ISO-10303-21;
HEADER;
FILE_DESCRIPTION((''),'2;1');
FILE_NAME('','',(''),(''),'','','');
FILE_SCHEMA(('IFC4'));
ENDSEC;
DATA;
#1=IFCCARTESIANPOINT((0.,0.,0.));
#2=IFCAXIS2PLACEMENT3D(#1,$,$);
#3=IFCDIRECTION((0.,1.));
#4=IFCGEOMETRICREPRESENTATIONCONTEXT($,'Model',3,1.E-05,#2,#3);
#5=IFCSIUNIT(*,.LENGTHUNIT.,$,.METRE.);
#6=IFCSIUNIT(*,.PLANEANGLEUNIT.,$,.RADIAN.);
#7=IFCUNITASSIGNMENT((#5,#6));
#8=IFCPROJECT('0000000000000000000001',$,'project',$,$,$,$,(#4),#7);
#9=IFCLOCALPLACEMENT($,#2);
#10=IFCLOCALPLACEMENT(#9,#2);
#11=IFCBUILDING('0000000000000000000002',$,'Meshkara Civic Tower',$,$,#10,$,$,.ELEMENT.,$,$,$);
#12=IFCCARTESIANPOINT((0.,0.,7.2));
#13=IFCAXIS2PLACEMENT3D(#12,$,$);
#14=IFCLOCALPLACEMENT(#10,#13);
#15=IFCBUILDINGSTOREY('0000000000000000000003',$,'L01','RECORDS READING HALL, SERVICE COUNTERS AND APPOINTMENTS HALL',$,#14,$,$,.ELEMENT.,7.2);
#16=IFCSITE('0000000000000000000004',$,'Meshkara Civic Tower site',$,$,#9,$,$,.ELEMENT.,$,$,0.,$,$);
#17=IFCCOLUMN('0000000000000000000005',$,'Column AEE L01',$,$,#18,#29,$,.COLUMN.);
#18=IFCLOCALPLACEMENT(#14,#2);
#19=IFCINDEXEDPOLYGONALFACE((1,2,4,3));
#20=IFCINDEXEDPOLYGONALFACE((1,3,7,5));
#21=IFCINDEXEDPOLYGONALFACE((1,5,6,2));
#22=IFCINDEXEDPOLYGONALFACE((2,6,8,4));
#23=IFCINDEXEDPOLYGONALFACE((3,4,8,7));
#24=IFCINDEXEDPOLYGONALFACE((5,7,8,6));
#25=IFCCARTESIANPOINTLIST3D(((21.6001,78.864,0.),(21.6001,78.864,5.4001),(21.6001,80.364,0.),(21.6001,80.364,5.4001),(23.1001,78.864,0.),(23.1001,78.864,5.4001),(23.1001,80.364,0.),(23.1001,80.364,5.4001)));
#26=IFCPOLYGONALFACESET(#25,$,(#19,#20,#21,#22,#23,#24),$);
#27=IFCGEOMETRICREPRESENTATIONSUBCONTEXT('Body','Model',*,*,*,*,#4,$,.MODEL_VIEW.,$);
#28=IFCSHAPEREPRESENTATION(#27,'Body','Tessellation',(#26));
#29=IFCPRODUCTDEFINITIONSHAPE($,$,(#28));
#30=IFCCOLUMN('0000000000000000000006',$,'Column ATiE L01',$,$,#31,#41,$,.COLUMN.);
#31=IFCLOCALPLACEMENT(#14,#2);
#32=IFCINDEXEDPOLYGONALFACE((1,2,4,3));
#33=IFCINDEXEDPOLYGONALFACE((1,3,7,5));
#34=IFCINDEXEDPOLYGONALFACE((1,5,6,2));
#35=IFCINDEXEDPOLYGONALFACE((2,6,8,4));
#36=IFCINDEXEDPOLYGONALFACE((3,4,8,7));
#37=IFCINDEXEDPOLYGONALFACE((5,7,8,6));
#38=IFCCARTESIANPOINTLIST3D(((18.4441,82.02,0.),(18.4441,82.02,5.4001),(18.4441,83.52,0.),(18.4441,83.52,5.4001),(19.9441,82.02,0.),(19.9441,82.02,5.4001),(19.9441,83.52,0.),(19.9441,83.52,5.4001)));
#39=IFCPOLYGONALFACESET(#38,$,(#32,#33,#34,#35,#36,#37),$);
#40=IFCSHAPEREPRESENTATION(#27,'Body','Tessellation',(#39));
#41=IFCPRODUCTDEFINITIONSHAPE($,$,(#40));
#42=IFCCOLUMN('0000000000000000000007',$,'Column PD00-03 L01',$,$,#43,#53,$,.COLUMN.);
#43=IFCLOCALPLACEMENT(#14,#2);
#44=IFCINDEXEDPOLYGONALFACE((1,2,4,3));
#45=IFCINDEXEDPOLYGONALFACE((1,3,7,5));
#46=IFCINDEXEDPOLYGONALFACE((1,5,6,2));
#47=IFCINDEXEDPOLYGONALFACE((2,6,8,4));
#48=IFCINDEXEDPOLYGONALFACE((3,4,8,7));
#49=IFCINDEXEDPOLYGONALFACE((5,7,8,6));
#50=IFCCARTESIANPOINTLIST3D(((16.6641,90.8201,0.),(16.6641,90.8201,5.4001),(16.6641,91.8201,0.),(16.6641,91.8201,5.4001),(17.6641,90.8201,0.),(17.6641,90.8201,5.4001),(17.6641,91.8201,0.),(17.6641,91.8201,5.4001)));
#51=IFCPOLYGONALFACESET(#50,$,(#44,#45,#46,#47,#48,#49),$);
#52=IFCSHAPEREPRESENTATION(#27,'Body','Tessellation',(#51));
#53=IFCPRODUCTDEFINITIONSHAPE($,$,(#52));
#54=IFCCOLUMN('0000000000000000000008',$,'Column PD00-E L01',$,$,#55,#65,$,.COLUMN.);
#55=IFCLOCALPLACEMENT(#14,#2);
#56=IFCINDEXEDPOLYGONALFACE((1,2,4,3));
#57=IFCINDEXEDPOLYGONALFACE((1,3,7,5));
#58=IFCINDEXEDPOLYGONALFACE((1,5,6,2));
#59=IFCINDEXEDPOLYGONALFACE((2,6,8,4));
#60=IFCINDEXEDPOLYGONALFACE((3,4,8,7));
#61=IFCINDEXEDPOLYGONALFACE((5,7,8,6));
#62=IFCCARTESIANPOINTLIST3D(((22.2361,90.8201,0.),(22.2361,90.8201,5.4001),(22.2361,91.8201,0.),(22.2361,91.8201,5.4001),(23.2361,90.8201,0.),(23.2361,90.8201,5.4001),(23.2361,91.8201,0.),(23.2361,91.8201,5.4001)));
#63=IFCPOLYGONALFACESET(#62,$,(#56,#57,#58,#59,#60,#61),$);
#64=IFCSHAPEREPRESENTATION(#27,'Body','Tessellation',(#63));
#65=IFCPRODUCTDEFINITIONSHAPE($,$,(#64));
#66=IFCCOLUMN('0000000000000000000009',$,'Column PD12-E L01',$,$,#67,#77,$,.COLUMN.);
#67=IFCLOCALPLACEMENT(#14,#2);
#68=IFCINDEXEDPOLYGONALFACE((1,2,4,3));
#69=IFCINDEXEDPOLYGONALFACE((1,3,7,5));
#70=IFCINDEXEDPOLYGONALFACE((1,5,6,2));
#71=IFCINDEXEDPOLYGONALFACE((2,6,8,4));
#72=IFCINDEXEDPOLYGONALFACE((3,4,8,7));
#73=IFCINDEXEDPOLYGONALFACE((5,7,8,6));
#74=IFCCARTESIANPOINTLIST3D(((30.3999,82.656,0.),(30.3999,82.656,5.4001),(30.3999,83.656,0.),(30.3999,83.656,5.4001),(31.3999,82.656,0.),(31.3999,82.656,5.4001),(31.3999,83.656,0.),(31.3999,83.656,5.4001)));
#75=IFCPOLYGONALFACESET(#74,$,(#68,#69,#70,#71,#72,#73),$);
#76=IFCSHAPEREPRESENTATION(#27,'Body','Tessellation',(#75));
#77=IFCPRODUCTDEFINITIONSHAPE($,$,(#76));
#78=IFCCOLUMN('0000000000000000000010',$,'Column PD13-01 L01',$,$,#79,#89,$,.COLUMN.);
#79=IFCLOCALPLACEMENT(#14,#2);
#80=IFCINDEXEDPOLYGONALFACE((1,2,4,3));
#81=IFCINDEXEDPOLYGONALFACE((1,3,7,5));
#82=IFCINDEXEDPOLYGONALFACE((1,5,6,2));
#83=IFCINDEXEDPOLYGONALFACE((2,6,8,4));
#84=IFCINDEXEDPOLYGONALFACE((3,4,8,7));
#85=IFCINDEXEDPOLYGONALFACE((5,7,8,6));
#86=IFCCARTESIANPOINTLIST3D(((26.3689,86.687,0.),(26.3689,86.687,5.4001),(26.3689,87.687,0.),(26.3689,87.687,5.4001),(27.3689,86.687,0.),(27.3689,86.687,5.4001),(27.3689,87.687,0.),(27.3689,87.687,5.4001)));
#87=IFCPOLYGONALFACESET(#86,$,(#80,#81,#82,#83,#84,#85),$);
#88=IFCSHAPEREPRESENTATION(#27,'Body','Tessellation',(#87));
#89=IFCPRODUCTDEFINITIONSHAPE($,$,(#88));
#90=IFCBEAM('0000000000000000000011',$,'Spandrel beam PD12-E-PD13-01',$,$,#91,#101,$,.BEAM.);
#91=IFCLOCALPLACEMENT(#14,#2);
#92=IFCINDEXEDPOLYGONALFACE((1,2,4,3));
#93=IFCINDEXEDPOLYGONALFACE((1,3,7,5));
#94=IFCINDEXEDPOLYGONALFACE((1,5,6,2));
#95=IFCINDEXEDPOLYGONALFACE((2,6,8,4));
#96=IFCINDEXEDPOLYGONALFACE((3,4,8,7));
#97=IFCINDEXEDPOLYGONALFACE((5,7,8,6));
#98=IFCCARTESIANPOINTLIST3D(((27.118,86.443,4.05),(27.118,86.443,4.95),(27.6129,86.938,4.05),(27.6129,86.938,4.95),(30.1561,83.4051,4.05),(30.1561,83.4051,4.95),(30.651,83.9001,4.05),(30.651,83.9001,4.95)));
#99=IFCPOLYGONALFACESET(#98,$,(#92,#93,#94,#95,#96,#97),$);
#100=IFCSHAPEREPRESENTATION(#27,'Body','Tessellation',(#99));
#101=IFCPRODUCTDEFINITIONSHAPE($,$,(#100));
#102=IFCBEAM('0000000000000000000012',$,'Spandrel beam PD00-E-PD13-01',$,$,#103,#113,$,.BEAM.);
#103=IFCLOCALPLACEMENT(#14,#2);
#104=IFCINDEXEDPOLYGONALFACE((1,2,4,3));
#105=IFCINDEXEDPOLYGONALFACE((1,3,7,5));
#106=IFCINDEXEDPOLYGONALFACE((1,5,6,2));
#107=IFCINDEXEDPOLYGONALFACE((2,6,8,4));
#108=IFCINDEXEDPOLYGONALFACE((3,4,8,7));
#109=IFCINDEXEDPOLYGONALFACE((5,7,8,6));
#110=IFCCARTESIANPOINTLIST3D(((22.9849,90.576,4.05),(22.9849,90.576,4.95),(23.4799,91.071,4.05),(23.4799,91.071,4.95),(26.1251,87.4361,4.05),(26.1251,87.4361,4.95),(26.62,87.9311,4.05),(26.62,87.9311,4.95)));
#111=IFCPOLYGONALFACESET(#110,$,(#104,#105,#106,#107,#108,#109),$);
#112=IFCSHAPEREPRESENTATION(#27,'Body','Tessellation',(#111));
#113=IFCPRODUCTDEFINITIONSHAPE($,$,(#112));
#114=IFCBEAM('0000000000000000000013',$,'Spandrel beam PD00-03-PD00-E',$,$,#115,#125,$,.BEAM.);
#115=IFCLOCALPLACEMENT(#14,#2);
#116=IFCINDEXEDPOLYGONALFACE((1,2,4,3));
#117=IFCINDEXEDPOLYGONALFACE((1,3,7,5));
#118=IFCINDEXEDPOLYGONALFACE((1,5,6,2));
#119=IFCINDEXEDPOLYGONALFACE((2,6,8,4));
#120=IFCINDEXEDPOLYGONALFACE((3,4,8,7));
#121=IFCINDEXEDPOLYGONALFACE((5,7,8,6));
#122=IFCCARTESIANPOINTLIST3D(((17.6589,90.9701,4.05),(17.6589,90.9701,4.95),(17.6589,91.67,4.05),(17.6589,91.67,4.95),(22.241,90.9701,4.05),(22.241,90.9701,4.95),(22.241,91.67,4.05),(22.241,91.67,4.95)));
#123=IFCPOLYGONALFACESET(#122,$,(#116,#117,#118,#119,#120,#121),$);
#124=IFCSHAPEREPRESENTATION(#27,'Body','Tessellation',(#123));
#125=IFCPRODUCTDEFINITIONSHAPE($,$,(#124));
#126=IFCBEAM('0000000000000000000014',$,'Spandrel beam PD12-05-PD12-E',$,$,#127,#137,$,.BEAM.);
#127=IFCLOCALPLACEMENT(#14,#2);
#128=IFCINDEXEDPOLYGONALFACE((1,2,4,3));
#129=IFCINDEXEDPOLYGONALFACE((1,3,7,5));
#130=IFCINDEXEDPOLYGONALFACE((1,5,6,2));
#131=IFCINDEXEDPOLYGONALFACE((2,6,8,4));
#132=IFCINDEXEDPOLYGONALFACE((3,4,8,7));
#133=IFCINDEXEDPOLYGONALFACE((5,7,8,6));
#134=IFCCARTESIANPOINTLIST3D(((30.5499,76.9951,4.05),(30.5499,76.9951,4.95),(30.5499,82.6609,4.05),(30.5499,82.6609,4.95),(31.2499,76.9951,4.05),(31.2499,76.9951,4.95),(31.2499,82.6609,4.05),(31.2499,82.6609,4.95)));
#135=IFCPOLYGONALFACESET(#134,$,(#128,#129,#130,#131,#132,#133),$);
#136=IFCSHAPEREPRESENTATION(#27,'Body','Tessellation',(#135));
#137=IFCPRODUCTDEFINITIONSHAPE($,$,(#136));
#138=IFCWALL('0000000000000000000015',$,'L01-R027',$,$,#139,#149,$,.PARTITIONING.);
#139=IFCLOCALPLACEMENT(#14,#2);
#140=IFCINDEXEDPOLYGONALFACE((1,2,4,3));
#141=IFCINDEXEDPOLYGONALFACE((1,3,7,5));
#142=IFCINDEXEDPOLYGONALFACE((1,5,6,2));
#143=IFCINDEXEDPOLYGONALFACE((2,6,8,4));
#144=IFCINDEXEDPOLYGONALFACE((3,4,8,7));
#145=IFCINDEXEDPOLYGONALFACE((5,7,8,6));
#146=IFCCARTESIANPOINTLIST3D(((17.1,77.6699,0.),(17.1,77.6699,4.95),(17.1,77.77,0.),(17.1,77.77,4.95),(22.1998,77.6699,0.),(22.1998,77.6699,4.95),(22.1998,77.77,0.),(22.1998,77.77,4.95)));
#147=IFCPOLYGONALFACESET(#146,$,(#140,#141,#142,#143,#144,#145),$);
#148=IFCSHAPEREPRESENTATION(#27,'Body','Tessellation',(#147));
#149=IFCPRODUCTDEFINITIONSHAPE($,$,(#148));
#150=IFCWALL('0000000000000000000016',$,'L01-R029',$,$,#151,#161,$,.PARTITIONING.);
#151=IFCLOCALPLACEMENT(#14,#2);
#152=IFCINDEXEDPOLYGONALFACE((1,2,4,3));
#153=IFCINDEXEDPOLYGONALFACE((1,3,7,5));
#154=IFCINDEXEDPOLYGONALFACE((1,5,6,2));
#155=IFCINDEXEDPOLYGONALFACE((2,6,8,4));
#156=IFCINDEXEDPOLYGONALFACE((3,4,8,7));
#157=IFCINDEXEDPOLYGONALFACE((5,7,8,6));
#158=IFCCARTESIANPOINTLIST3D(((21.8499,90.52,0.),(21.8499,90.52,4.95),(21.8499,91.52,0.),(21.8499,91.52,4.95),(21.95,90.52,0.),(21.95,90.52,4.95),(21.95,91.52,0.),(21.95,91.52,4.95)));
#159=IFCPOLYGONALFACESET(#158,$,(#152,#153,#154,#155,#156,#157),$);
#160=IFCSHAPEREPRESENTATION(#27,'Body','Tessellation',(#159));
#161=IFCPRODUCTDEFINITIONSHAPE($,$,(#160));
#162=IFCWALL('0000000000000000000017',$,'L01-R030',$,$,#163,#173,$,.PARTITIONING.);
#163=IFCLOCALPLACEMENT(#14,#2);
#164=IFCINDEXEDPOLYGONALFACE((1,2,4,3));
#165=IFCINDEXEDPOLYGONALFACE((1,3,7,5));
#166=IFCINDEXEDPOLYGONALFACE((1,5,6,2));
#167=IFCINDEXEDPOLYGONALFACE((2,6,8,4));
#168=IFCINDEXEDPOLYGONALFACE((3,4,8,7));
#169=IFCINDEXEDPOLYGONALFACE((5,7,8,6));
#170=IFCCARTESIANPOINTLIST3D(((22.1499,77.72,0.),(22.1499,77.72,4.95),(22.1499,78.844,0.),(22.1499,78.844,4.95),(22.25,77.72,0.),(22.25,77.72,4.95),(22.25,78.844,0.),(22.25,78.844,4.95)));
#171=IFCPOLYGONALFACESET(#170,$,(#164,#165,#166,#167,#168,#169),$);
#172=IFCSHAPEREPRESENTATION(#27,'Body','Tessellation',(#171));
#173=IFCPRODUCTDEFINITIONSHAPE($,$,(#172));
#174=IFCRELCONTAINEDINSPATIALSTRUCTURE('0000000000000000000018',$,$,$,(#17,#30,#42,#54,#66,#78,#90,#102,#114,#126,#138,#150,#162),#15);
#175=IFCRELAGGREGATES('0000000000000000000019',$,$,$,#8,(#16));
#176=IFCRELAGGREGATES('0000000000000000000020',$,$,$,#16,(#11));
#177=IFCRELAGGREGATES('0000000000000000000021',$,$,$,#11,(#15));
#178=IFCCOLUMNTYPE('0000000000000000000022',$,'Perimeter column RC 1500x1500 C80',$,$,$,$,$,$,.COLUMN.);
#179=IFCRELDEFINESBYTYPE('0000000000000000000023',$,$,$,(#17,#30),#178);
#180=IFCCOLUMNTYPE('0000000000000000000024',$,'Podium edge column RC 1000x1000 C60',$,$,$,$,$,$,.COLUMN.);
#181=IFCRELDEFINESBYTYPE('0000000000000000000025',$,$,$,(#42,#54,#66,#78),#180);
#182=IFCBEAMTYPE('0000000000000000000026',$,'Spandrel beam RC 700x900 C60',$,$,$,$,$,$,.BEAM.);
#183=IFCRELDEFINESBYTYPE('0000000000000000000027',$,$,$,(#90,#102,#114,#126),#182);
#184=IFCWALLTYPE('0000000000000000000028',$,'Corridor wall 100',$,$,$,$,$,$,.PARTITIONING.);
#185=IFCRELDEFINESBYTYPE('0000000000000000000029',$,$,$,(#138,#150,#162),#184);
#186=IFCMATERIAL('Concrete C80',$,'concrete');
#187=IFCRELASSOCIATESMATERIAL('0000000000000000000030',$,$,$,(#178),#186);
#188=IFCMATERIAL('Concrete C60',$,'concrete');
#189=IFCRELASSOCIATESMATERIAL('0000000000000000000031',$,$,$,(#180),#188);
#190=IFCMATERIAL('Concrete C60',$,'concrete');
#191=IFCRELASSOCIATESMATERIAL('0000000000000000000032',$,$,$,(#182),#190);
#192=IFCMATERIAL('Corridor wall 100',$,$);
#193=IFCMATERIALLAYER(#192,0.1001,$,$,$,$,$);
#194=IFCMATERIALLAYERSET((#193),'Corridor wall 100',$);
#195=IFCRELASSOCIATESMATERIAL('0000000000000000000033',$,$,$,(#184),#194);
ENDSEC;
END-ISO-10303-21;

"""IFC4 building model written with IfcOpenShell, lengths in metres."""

from ifc_helpers import new_model, si_unit, direction, frame, frame_2d, origin, origin_2d, place, context, subcontext, project, spatial, rectangle, extrude, material, layer, layer_set, material_profile, profile_set, type_object, element, save


model = new_model("IFC4")

# Units and contexts
model_context = context("Model", 3, precision=1e-05, world=origin(), true_north=direction((0.0, 1.0)))
body_context = subcontext(model_context, "Body", "Model", "MODEL_VIEW")
ifc_project = project(units=[si_unit("LENGTHUNIT", "METRE"), si_unit("PLANEANGLEUNIT", "RADIAN")], contexts=[model_context])

# Site, building, storey
site_placement = place(None, origin())
site = spatial("IfcSite", under=ifc_project, at=site_placement, Name="Meshkara Civic Tower site", CompositionType="ELEMENT", RefElevation=0.0)
building_placement = place(site_placement, origin())
building = spatial("IfcBuilding", under=site, at=building_placement, Name="Meshkara Civic Tower", CompositionType="ELEMENT")
storey_placement = place(building_placement, frame((0.0, 0.0, 7.2)))
storey = spatial("IfcBuildingStorey", under=building, at=storey_placement, Name="L01", Description="RECORDS READING HALL, SERVICE COUNTERS AND APPOINTMENTS HALL", CompositionType="ELEMENT", Elevation=7.2)

# Columns
ifc_material_1 = material(Name="Concrete C80", Category="concrete")
ifc_material_profile_1 = material_profile(ifc_material_1, rectangle(XDim=1.5, YDim=1.5, at=origin_2d()))
ifc_profile_set_1 = profile_set([ifc_material_profile_1], Name="Concrete C80")
column_type_1 = type_object("IfcColumnType", Name="Perimeter column RC 1500x1500 C80", PredefinedType="COLUMN", material=ifc_profile_set_1)
for number, where, z_axis, x_axis, name in (
    (1, (22.3501, 79.614, 0.0), (0.0, 0.0, 1.0), (1.0, 0.0, 0.0), "Column AEE L01"),
    (2, (19.1941, 82.77, 0.0), (0.0, 0.0, 1.0), (1.0, 0.0, 0.0), "Column ATiE L01"),
):
    element("IfcColumn", number, at=place(storey_placement, frame(where, z_axis=z_axis, x_axis=x_axis)), inside=storey, type_object=column_type_1, Name=name, PredefinedType="COLUMN", context=body_context, shape_type="SweptSolid", body=[
        extrude(rectangle(XDim=1.5, YDim=1.5, at=origin_2d()), origin(), (0.0, 0.0, 1.0), 5.4001),
    ])
ifc_material_2 = material(Name="Concrete C60", Category="concrete")
ifc_material_profile_2 = material_profile(ifc_material_2, rectangle(XDim=1.0, YDim=1.0, at=origin_2d()))
ifc_profile_set_2 = profile_set([ifc_material_profile_2], Name="Concrete C60")
column_type_2 = type_object("IfcColumnType", Name="Podium edge column RC 1000x1000 C60", PredefinedType="COLUMN", material=ifc_profile_set_2)
for number, where, z_axis, x_axis, name in (
    (3, (17.1641, 91.3201, 0.0), (0.0, 0.0, 1.0), (1.0, 0.0, 0.0), "Column PD00-03 L01"),
    (4, (22.7361, 91.3201, 0.0), (0.0, 0.0, 1.0), (1.0, 0.0, 0.0), "Column PD00-E L01"),
    (5, (30.8999, 83.156, 0.0), (0.0, 0.0, 1.0), (1.0, 0.0, 0.0), "Column PD12-E L01"),
    (6, (26.8689, 87.187, 0.0), (0.0, 0.0, 1.0), (1.0, 0.0, 0.0), "Column PD13-01 L01"),
):
    element("IfcColumn", number, at=place(storey_placement, frame(where, z_axis=z_axis, x_axis=x_axis)), inside=storey, type_object=column_type_2, Name=name, PredefinedType="COLUMN", context=body_context, shape_type="SweptSolid", body=[
        extrude(rectangle(XDim=1.0, YDim=1.0, at=origin_2d()), origin(), (0.0, 0.0, 1.0), 5.4001),
    ])

# Beams
ifc_material_3 = material(Name="Concrete C60", Category="concrete")
ifc_material_profile_3 = material_profile(ifc_material_3, rectangle(XDim=0.7, YDim=0.8999, at=origin_2d()))
ifc_profile_set_3 = profile_set([ifc_material_profile_3], Name="Concrete C60")
beam_type = type_object("IfcBeamType", Name="Spandrel beam RC 700x900 C60", PredefinedType="BEAM", material=ifc_profile_set_3)
beam_1_placement = place(storey_placement, frame((30.4036, 83.6526, 4.5), z_axis=(-0.707135, 0.707078, 0.0), x_axis=(-0.707078, -0.707135, 0.0)))
element("IfcBeam", 7, at=beam_1_placement, inside=storey, type_object=beam_type, Name="Spandrel beam PD12-E-PD13-01", PredefinedType="BEAM", context=body_context, shape_type="SweptSolid", body=[
    extrude(rectangle(XDim=0.7, YDim=0.8999, at=origin_2d()), origin(), (0.0, 0.0, 1.0), 4.2964),
])
beam_2_placement = place(storey_placement, frame((26.3726, 87.6836, 4.5), z_axis=(-0.707134, 0.707079, 0.0), x_axis=(-0.707079, -0.707134, 0.0)))
element("IfcBeam", 8, at=beam_2_placement, inside=storey, type_object=beam_type, Name="Spandrel beam PD00-E-PD13-01", PredefinedType="BEAM", context=body_context, shape_type="SweptSolid", body=[
    extrude(rectangle(XDim=0.7, YDim=0.8999, at=origin_2d()), origin(), (0.0, 0.0, 1.0), 4.4407),
])
beam_3_placement = place(storey_placement, frame((22.241, 91.3201, 4.5), z_axis=(-1.0, 0.0, 0.0), x_axis=(0.0, -1.0, 0.0)))
element("IfcBeam", 9, at=beam_3_placement, inside=storey, type_object=beam_type, Name="Spandrel beam PD00-03-PD00-E", PredefinedType="BEAM", context=body_context, shape_type="SweptSolid", body=[
    extrude(rectangle(XDim=0.7, YDim=0.8999, at=origin_2d()), origin(), (0.0, 0.0, 1.0), 4.582),
])
beam_4_placement = place(storey_placement, frame((30.8999, 76.9951, 4.5), z_axis=(0.0, 1.0, 0.0), x_axis=(-1.0, 0.0, 0.0)))
element("IfcBeam", 10, at=beam_4_placement, inside=storey, type_object=beam_type, Name="Spandrel beam PD12-05-PD12-E", PredefinedType="BEAM", context=body_context, shape_type="SweptSolid", body=[
    extrude(rectangle(XDim=0.7, YDim=0.8999, at=origin_2d()), origin(), (0.0, 0.0, 1.0), 5.6658),
])

# Walls
ifc_material_4 = material(Name="Corridor wall 100")
ifc_layer_1 = layer(ifc_material_4, 0.1001)
ifc_layer_set_1 = layer_set([ifc_layer_1], Name="Corridor wall 100")
wall_type_1 = type_object("IfcWallType", Name="Corridor wall 100", PredefinedType="PARTITIONING", material=ifc_layer_set_1)
wall_1_placement = place(storey_placement, frame((17.1001, 77.72, 0.0), z_axis=(0.0, 0.0, 1.0), x_axis=(1.0, 0.0, 0.0)))
element("IfcWall", 11, at=wall_1_placement, inside=storey, type_object=wall_type_1, Name="L01-R027", PredefinedType="PARTITIONING", context=body_context, shape_type="SweptSolid", body=[
    extrude(rectangle(XDim=5.0999, YDim=0.1001, at=frame_2d((2.5498, 0.0))), origin(), (0.0, 0.0, 1.0), 4.95),
])
wall_2_placement = place(storey_placement, frame((21.8999, 90.52, 0.0), z_axis=(0.0, 0.0, 1.0), x_axis=(0.0, 1.0, 0.0)))
element("IfcWall", 12, at=wall_2_placement, inside=storey, type_object=wall_type_1, Name="L01-R029", PredefinedType="PARTITIONING", context=body_context, shape_type="SweptSolid", body=[
    extrude(rectangle(XDim=1.0, YDim=0.1001, at=frame_2d((0.5, 0.0))), origin(), (0.0, 0.0, 1.0), 4.95),
])
wall_3_placement = place(storey_placement, frame((22.2, 77.72, 0.0), z_axis=(0.0, 0.0, 1.0), x_axis=(0.0, 1.0, 0.0)))
element("IfcWall", 13, at=wall_3_placement, inside=storey, type_object=wall_type_1, Name="L01-R030", PredefinedType="PARTITIONING", context=body_context, shape_type="SweptSolid", body=[
    extrude(rectangle(XDim=1.124, YDim=0.1001, at=frame_2d((0.562, 0.0))), origin(), (0.0, 0.0, 1.0), 4.95),
])

save(model, "model.ifc")
